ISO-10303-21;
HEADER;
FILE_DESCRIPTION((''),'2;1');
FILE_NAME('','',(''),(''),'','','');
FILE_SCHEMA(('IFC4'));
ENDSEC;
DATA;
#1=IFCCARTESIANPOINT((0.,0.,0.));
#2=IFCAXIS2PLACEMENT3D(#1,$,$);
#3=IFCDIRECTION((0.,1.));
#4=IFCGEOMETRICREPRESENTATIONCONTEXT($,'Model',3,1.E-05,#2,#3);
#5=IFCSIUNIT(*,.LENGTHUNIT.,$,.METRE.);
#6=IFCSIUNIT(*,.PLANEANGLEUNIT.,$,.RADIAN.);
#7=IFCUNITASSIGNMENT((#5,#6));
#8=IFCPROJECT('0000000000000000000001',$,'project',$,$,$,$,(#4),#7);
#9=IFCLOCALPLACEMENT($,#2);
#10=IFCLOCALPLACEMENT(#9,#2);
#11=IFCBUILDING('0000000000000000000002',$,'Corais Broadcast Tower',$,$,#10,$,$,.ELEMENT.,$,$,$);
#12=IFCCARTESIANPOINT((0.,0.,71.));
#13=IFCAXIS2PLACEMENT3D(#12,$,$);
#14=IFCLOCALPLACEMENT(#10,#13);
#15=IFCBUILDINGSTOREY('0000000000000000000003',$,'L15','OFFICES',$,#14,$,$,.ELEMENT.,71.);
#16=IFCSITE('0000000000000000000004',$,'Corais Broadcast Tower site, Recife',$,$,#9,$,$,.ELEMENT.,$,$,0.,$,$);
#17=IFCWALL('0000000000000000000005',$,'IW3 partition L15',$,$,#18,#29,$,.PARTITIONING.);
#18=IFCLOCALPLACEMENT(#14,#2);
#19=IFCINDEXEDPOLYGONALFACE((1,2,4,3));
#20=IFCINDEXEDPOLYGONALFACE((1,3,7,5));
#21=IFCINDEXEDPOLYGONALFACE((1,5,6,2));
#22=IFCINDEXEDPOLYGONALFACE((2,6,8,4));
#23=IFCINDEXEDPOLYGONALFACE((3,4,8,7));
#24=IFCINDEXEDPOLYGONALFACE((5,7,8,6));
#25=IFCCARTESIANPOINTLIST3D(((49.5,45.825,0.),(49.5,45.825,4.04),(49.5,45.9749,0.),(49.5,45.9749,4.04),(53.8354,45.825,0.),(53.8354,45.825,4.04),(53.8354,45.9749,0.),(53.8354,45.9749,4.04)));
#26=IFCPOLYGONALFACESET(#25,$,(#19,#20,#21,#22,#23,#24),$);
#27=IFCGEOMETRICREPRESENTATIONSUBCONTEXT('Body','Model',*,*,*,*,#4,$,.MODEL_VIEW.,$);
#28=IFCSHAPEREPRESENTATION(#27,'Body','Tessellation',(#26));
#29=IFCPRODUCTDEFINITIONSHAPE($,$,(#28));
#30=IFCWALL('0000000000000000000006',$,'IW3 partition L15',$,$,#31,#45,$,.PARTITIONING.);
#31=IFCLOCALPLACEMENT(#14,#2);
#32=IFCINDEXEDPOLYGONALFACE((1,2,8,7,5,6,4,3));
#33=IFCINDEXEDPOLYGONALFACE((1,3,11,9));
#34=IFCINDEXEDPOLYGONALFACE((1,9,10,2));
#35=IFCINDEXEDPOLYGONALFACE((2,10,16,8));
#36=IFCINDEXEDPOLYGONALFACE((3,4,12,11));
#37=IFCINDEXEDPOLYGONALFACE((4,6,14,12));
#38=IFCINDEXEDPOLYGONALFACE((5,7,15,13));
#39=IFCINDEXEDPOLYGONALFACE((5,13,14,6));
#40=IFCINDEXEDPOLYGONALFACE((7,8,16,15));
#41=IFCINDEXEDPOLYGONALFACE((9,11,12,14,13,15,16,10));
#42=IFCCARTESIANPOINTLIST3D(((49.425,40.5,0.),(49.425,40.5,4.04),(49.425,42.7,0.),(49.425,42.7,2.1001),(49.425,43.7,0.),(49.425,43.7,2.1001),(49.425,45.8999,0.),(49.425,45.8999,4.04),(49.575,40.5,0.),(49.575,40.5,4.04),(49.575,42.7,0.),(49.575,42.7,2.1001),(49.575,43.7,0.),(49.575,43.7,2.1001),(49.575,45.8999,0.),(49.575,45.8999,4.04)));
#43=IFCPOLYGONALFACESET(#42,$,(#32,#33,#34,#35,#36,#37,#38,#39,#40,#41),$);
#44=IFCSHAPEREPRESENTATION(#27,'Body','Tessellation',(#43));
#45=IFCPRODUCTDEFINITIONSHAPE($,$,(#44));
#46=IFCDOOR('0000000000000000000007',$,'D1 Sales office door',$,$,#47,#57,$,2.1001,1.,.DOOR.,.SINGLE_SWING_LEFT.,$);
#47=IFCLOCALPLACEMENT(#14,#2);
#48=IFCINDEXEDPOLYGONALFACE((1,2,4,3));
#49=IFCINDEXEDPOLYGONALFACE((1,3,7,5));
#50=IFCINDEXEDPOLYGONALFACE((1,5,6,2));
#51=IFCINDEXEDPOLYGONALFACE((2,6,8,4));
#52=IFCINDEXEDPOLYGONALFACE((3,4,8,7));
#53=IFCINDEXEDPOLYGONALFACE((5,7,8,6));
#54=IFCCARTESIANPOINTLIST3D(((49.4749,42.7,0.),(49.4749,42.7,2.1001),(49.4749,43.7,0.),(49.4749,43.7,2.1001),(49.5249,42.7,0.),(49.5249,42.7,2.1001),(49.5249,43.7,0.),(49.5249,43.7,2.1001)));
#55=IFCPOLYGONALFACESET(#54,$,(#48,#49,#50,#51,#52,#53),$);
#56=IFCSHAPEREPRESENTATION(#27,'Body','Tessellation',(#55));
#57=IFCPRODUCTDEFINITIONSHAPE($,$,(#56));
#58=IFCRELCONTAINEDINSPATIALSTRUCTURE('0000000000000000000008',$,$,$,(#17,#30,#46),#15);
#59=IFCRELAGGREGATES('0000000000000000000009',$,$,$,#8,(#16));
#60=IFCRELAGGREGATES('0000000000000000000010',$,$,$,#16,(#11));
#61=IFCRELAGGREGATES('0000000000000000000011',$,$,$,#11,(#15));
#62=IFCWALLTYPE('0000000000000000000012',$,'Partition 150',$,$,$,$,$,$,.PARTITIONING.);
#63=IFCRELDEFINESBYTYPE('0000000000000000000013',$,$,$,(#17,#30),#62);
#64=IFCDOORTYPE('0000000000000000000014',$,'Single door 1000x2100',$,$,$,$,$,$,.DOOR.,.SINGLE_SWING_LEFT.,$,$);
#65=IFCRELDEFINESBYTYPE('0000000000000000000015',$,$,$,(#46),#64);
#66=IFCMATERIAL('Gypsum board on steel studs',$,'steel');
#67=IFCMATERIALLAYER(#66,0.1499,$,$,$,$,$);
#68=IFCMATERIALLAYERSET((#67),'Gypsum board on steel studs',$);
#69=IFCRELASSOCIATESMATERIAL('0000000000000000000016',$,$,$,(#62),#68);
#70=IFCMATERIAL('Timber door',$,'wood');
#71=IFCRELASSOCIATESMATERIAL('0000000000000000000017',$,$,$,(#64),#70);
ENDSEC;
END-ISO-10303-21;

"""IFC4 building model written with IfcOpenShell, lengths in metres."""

from ifc_helpers import new_model, si_unit, direction, frame, frame_2d, origin, place, context, subcontext, project, spatial, rectangle, extrude, material, layer, layer_set, type_object, element, fill, save


model = new_model("IFC4")

# Units and contexts
model_context = context("Model", 3, precision=1e-05, world=origin(), true_north=direction((0.0, 1.0)))
body_context = subcontext(model_context, "Body", "Model", "MODEL_VIEW")
ifc_project = project(units=[si_unit("LENGTHUNIT", "METRE"), si_unit("PLANEANGLEUNIT", "RADIAN")], contexts=[model_context])

# Site, building, storey
site_placement = place(None, origin())
site = spatial("IfcSite", under=ifc_project, at=site_placement, Name="Corais Broadcast Tower site, Recife", CompositionType="ELEMENT", RefElevation=0.0)
building_placement = place(site_placement, origin())
building = spatial("IfcBuilding", under=site, at=building_placement, Name="Corais Broadcast Tower", CompositionType="ELEMENT")
storey_placement = place(building_placement, frame((0.0, 0.0, 71.0)))
storey = spatial("IfcBuildingStorey", under=building, at=storey_placement, Name="L15", Description="OFFICES", CompositionType="ELEMENT", Elevation=71.0)

# Wall
ifc_material_1 = material(Name="Gypsum board on steel studs", Category="steel")
ifc_layer_1 = layer(ifc_material_1, 0.1499)
ifc_layer_set_1 = layer_set([ifc_layer_1], Name="Gypsum board on steel studs")
wall_type = type_object("IfcWallType", Name="Partition 150", PredefinedType="PARTITIONING", material=ifc_layer_set_1)
wall_1_placement = place(storey_placement, frame((53.8354, 45.8999, 0.0), z_axis=(0.0, 0.0, 1.0), x_axis=(-1.0, 0.0, 0.0)))
element("IfcWall", 1, at=wall_1_placement, inside=storey, type_object=wall_type, Name="IW3 partition L15", PredefinedType="PARTITIONING", context=body_context, shape_type="SweptSolid", body=[
    extrude(rectangle(XDim=4.3354, YDim=0.1499, at=frame_2d((2.1677, 0.0))), origin(), (0.0, 0.0, 1.0), 4.04),
])

# Wall, opening, door
wall_2_placement = place(storey_placement, frame((49.5, 45.8999, 0.0), z_axis=(0.0, 0.0, 1.0), x_axis=(0.0, -1.0, 0.0)))
wall_2 = element("IfcWall", 2, at=wall_2_placement, inside=storey, type_object=wall_type, Name="IW3 partition L15", PredefinedType="PARTITIONING", context=body_context, shape_type="SweptSolid", body=[
    extrude(rectangle(XDim=5.3999, YDim=0.1499, at=frame_2d((2.7, 0.0))), origin(), (0.0, 0.0, 1.0), 4.04),
])
opening_placement = place(wall_2_placement, frame((2.2, 0.0, 0.0)))
opening = element("IfcOpeningElement", 3, at=opening_placement, cuts=wall_2, PredefinedType="OPENING", context=body_context, shape_type="SweptSolid", body=[
    extrude(rectangle(XDim=1.0, YDim=2.1001, at=frame_2d((0.5, 1.05))), frame((0.0, 0.085, 0.0), z_axis=(0.0, -1.0, 0.0), x_axis=(1.0, 0.0, 0.0)), (0.0, 0.0, 1.0), 0.1699),
])
ifc_material_2 = material(Name="Timber door", Category="wood")
door_type = type_object("IfcDoorType", Name="Single door 1000x2100", OperationType="SINGLE_SWING_LEFT", PredefinedType="DOOR", material=ifc_material_2)
door_placement = place(opening_placement, origin())
door = element("IfcDoor", 4, at=door_placement, inside=storey, type_object=door_type, Name="D1 Sales office door", OperationType="SINGLE_SWING_LEFT", OverallHeight=2.1001, OverallWidth=1.0, PredefinedType="DOOR", context=body_context, shape_type="SweptSolid", body=[
    extrude(rectangle(XDim=1.0, YDim=2.1001, at=frame_2d((0.5, 1.05))), frame((0.0, 0.0249, 0.0), z_axis=(0.0, -1.0, 0.0), x_axis=(1.0, 0.0, 0.0)), (0.0, 0.0, 1.0), 0.05),
])
fill(opening, door)

save(model, "model.ifc")
